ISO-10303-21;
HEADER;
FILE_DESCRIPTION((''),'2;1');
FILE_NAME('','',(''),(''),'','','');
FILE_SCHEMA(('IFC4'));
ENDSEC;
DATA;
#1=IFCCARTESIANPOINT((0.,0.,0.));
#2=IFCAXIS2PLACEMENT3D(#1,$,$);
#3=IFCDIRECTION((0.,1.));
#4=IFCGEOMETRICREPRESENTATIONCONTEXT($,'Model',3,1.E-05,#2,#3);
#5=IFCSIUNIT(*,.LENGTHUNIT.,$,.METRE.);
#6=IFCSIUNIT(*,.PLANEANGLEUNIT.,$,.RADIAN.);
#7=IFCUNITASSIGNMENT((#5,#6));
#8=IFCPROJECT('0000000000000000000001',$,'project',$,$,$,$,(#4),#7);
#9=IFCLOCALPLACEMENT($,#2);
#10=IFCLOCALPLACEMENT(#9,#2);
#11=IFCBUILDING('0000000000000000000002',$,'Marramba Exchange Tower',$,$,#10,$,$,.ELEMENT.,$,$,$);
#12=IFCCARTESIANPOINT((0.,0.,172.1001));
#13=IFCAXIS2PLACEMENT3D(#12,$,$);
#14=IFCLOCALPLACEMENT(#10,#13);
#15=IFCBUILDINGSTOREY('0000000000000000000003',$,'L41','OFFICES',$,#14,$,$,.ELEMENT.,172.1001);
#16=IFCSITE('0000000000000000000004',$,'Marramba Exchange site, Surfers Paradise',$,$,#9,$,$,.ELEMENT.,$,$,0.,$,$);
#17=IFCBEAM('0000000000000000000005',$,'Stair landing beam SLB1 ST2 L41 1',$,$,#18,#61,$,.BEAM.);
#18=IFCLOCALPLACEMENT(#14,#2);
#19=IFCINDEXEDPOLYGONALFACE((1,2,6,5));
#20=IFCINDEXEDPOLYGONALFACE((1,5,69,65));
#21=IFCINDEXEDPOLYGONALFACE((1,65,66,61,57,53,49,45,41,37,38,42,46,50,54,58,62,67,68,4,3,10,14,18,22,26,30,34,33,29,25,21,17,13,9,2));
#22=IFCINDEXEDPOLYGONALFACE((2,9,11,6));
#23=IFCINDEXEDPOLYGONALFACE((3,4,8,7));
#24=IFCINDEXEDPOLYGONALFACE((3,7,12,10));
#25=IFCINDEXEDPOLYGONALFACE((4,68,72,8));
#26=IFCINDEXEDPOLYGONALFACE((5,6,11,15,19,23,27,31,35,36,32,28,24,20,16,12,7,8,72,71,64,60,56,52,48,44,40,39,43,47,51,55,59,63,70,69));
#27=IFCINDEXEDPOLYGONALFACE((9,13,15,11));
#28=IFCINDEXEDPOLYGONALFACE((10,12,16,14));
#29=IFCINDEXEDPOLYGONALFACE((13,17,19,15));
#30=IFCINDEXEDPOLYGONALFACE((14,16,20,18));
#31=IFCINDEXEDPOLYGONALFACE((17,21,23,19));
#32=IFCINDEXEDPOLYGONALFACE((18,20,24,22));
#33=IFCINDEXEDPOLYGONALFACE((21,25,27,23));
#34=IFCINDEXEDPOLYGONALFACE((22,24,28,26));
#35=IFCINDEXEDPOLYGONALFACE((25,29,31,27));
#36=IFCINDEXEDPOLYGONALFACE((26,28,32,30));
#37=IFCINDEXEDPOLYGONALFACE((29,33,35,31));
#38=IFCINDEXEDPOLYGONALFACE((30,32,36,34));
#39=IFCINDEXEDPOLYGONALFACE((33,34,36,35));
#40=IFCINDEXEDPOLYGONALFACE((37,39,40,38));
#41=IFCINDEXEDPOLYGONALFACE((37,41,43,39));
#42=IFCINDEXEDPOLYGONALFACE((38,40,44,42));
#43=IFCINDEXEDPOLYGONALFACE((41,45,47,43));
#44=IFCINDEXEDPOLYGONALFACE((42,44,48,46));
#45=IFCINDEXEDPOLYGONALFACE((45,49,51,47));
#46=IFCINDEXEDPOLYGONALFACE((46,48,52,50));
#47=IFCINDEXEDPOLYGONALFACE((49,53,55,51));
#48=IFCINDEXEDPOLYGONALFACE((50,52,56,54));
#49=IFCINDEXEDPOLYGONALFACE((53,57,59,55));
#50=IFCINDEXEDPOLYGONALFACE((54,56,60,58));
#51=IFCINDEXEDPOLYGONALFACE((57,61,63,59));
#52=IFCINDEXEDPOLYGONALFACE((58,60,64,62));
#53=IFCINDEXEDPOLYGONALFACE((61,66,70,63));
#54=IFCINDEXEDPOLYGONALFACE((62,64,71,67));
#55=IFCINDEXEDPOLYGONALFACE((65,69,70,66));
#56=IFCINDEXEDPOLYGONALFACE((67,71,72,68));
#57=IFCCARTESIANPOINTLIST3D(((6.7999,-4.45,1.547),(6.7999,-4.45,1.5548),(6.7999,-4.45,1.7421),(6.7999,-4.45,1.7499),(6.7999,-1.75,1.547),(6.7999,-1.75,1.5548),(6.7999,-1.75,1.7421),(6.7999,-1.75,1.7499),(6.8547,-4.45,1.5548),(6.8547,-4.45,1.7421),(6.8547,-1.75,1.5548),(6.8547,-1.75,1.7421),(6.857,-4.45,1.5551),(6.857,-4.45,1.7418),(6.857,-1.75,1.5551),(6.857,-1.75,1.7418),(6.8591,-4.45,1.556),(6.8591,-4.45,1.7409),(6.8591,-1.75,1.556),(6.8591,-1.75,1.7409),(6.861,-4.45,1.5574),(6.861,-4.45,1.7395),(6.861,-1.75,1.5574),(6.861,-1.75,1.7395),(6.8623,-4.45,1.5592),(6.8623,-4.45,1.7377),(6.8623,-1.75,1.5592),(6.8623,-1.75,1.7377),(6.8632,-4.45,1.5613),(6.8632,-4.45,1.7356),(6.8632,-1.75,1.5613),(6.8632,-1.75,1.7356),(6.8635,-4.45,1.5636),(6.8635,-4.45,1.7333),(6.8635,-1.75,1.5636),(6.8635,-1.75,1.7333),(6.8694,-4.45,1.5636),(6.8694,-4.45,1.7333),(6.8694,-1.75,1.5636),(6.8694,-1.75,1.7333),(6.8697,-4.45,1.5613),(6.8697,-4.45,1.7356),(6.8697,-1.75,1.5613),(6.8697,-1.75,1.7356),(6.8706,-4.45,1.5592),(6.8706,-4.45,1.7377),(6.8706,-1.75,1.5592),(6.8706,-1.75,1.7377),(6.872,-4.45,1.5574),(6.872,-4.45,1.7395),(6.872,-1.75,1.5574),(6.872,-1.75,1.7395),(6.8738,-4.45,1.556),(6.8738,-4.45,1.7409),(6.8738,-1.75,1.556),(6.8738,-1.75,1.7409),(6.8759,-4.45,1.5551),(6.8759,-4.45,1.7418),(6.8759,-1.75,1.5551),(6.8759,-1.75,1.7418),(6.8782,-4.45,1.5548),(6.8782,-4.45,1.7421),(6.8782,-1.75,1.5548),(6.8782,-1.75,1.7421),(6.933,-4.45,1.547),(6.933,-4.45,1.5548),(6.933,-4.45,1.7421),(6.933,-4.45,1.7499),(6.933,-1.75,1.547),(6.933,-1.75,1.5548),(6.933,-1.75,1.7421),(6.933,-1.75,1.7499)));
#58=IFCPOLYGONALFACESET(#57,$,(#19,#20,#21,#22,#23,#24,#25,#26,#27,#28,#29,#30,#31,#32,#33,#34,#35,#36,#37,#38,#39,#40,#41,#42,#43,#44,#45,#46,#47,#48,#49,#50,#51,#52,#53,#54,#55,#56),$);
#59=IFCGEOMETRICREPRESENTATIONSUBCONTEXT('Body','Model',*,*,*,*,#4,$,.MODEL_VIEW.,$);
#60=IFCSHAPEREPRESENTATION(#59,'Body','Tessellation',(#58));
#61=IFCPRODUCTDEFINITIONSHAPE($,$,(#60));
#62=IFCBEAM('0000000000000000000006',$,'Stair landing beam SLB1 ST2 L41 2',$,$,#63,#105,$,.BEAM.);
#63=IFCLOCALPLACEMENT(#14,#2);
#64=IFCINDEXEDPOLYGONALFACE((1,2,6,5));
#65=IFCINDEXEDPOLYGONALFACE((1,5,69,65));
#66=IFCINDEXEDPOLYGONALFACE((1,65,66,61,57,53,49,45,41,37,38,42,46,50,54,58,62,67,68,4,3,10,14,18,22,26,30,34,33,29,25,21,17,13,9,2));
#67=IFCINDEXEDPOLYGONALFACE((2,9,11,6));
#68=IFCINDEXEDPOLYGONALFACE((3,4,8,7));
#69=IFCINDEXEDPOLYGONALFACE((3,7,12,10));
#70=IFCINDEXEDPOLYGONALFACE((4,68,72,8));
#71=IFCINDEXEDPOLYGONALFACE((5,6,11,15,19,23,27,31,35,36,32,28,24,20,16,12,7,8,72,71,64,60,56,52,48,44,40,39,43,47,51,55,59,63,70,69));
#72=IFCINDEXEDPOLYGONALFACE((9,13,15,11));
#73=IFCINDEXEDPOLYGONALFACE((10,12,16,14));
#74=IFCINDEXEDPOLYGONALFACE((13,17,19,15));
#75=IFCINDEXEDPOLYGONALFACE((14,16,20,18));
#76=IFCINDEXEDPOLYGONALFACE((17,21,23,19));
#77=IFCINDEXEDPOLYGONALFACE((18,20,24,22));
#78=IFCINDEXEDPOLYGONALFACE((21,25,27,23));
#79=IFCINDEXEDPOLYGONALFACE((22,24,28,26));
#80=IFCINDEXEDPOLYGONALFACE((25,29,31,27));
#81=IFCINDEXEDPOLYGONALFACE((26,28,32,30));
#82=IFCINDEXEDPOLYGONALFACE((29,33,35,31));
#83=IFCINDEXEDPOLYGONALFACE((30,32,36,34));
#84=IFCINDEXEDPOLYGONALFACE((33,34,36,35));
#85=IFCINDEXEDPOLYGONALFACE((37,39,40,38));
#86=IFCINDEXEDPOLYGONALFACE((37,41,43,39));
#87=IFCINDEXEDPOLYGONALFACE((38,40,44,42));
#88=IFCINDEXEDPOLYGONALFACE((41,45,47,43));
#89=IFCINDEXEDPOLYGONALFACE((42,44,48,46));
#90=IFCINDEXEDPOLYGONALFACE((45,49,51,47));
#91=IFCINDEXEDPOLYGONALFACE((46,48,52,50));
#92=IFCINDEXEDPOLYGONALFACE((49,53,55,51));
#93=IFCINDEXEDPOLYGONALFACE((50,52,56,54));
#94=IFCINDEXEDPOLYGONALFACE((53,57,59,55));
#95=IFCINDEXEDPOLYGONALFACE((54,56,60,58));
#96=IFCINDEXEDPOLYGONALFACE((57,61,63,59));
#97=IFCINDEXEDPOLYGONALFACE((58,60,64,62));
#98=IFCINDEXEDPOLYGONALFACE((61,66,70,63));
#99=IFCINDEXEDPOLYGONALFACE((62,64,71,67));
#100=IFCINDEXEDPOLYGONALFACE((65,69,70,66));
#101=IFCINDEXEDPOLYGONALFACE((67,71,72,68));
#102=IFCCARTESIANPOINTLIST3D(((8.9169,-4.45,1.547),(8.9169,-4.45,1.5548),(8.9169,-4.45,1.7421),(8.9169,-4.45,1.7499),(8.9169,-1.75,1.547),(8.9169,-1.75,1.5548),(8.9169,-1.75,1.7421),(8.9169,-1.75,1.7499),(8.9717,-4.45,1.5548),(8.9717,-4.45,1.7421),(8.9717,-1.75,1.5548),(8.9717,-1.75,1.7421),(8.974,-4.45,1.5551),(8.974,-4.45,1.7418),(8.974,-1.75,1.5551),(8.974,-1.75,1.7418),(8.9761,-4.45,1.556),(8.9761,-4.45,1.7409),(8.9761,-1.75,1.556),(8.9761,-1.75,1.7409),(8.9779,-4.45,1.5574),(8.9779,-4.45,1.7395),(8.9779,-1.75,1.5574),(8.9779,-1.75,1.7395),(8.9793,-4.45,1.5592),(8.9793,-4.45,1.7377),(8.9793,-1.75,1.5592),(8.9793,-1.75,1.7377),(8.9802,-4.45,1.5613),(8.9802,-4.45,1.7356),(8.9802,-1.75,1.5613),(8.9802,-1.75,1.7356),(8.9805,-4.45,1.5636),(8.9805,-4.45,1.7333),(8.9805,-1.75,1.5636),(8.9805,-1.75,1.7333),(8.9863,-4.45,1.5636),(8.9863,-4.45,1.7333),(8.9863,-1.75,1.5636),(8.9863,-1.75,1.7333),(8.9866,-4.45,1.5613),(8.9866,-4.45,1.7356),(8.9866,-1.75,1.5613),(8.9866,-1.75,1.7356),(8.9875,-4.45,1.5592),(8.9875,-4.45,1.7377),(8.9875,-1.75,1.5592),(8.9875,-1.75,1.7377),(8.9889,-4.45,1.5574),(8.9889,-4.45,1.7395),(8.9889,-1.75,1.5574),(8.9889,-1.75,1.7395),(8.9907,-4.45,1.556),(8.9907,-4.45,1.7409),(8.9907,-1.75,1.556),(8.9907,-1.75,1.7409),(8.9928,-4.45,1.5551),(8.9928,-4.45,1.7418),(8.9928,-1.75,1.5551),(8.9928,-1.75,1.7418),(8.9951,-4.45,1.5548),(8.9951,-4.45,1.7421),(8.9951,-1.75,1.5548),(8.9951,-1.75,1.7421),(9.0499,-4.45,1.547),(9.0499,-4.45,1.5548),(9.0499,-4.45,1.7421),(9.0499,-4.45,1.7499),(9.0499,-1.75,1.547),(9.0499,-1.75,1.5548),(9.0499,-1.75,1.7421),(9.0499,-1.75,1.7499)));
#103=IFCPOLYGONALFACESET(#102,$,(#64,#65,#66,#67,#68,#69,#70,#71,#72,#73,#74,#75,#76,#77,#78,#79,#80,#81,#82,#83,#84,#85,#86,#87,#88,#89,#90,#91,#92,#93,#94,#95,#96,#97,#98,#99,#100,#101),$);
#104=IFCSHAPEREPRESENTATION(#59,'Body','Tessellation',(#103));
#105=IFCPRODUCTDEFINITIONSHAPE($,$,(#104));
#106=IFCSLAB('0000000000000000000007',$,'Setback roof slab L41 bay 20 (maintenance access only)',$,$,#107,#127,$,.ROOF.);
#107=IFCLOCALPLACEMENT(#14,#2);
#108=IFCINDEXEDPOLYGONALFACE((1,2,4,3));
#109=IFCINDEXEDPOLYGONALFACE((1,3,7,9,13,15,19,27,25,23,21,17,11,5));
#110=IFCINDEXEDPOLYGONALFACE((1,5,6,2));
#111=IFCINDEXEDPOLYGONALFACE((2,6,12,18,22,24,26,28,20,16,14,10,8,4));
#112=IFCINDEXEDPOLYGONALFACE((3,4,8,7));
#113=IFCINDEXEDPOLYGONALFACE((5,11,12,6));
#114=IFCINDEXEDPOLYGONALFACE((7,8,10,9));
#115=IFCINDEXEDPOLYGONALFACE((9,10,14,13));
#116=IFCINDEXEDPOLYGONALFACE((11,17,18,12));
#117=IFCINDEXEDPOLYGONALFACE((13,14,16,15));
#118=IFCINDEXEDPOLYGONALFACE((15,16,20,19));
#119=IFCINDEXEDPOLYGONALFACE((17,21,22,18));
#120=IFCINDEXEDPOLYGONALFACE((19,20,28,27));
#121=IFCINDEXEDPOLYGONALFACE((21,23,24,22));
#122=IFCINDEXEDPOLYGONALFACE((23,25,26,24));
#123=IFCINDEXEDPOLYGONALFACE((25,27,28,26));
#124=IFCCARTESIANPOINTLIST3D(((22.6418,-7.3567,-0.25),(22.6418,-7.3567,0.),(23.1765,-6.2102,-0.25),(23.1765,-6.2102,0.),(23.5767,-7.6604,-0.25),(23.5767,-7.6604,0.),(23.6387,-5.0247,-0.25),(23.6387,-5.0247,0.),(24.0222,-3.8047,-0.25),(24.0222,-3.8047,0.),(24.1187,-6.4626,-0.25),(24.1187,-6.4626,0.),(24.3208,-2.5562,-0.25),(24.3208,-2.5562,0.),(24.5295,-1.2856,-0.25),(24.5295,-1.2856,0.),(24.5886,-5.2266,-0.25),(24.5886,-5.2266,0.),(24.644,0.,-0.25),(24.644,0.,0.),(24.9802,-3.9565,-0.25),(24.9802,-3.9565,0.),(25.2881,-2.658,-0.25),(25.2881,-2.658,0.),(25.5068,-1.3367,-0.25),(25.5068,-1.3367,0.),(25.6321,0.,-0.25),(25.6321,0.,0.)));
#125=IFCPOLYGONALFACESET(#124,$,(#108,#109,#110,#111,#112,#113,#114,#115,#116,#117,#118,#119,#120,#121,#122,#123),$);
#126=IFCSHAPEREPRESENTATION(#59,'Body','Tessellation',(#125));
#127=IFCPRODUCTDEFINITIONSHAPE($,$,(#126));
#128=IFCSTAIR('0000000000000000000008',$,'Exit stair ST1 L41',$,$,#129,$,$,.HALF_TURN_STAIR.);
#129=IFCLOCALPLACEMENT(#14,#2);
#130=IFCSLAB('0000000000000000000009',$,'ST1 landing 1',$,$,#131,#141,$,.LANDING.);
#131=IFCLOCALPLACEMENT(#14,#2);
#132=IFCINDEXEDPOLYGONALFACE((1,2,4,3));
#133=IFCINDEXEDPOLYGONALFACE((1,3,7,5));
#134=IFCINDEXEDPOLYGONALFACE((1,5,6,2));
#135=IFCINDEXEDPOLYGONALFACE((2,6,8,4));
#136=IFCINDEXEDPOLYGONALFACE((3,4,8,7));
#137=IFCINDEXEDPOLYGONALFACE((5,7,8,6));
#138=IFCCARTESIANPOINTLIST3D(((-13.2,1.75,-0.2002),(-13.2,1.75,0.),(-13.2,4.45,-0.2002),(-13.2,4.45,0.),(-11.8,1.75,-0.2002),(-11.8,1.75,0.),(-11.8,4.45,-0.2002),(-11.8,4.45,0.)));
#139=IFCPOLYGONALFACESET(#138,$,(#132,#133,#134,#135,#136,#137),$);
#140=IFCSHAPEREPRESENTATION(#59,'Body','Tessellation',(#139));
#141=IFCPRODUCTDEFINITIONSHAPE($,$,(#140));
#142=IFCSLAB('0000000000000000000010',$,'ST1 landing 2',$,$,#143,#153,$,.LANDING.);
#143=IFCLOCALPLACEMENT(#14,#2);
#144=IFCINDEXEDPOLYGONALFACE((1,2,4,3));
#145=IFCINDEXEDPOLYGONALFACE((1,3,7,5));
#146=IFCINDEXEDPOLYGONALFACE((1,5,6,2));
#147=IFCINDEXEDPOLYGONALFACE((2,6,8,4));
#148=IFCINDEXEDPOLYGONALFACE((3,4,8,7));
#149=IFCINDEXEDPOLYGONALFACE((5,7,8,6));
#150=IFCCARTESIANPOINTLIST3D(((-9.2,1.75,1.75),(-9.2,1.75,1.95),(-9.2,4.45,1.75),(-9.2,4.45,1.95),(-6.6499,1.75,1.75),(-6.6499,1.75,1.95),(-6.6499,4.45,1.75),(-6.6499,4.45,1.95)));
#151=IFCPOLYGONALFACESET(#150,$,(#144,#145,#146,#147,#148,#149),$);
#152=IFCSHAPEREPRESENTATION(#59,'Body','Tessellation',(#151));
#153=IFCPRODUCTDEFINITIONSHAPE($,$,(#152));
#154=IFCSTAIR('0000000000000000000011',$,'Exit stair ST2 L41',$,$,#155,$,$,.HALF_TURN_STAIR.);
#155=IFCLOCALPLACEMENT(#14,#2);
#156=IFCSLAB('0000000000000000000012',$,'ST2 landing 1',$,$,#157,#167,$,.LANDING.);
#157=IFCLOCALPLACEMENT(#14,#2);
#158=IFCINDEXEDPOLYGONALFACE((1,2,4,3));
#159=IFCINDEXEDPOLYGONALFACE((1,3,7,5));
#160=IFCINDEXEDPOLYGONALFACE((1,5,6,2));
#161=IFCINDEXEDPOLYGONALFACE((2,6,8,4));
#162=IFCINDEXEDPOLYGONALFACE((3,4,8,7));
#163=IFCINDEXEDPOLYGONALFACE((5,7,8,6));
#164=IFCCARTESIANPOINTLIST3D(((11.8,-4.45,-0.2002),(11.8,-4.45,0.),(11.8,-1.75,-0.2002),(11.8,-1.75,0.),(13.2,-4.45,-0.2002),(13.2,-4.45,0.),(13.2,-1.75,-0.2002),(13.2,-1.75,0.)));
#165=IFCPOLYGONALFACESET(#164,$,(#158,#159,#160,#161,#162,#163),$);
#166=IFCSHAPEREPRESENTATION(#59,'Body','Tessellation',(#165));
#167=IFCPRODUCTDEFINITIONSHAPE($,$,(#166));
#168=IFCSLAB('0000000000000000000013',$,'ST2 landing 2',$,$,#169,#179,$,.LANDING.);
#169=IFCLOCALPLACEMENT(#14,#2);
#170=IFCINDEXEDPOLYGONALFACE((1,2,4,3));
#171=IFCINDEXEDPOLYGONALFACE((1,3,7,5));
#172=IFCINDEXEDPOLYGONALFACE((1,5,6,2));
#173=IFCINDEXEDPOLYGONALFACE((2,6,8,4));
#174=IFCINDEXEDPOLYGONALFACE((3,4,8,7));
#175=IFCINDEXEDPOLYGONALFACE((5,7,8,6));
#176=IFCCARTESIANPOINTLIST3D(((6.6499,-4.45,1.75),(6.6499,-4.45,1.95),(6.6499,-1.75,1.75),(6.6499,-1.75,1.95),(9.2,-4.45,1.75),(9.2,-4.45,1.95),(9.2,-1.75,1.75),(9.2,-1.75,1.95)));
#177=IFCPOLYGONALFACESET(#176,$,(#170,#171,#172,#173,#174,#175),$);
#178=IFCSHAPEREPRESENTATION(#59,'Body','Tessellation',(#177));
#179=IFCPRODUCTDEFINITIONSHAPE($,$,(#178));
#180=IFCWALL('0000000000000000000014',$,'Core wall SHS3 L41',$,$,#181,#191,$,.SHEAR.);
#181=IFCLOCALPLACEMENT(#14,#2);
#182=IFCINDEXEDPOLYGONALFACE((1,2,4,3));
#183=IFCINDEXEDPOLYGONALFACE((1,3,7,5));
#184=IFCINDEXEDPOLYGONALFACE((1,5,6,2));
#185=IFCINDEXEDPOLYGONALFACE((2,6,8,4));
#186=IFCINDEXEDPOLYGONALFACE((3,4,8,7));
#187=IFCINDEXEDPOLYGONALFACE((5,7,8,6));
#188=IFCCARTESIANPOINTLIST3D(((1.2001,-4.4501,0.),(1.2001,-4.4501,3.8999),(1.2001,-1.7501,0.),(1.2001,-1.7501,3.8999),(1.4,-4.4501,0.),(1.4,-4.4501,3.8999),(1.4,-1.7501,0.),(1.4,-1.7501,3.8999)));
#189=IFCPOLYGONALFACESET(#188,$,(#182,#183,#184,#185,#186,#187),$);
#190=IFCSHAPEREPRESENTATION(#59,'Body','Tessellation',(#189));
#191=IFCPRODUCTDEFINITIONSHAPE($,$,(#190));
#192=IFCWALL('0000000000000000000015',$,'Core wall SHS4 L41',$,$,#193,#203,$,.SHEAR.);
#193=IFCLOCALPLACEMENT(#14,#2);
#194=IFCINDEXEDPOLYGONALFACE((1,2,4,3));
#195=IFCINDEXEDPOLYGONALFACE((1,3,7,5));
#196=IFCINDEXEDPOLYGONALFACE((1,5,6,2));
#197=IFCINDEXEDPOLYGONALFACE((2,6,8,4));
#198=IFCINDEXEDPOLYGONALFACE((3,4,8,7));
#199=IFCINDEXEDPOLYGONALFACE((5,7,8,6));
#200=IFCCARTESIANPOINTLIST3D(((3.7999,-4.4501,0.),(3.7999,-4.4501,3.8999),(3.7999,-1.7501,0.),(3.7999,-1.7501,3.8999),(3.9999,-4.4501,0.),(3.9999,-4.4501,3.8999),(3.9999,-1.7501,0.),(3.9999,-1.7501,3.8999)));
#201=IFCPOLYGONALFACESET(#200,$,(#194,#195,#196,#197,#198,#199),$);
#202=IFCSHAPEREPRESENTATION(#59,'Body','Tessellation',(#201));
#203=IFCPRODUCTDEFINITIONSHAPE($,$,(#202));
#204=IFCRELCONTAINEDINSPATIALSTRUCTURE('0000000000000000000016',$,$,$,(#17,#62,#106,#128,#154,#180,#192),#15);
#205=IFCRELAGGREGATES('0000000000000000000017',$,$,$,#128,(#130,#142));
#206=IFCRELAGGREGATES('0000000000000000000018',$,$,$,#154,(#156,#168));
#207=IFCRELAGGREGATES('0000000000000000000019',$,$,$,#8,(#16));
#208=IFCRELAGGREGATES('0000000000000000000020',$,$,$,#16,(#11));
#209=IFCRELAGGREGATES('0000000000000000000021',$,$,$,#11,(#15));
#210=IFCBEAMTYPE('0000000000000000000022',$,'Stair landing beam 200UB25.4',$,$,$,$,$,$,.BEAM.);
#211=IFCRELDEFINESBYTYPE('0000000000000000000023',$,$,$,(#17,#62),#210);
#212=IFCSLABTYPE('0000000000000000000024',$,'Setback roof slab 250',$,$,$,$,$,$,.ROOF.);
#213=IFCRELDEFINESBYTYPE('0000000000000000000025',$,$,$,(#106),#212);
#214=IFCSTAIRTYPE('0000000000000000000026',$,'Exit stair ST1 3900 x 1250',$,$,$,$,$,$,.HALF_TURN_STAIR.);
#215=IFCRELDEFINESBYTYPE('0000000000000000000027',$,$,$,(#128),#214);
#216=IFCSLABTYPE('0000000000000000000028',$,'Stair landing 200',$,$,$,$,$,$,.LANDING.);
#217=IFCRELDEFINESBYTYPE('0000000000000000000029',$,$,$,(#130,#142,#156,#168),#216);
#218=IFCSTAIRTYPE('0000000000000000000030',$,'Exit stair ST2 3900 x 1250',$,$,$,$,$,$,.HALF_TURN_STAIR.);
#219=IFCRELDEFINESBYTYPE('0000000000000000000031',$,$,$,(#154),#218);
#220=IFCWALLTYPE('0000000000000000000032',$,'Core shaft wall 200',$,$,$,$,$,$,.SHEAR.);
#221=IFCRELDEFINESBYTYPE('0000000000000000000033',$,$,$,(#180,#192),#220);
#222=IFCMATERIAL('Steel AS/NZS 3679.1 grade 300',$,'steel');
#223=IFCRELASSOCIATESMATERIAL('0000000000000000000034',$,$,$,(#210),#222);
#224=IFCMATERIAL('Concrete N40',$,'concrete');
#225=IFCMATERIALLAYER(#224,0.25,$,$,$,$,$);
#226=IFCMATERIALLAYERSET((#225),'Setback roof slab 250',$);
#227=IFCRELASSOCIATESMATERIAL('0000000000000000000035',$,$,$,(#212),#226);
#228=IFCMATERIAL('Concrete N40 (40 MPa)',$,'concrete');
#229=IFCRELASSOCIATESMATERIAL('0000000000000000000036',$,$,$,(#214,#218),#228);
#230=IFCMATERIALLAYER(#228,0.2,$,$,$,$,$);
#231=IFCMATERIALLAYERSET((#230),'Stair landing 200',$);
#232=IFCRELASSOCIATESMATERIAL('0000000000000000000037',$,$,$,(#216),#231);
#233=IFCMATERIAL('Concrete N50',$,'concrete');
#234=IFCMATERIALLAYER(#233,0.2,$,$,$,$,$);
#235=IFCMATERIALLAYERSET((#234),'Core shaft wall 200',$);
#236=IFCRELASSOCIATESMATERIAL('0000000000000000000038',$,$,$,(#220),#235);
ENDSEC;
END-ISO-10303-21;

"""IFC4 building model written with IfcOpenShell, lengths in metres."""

from ifc_helpers import new_model, si_unit, direction, frame, frame_2d, origin, origin_2d, place, context, subcontext, project, spatial, polyline, rectangle, i_section, outline, extrude, material, layer, layer_set, material_profile, profile_set, type_object, element, aggregate, save


model = new_model("IFC4")

# Units and contexts
model_context = context("Model", 3, precision=1e-05, world=origin(), true_north=direction((0.0, 1.0)))
body_context = subcontext(model_context, "Body", "Model", "MODEL_VIEW")
ifc_project = project(units=[si_unit("LENGTHUNIT", "METRE"), si_unit("PLANEANGLEUNIT", "RADIAN")], contexts=[model_context])

# Site, building, storey
site_placement = place(None, origin())
site = spatial("IfcSite", under=ifc_project, at=site_placement, Name="Marramba Exchange site, Surfers Paradise", CompositionType="ELEMENT", RefElevation=0.0)
building_placement = place(site_placement, origin())
building = spatial("IfcBuilding", under=site, at=building_placement, Name="Marramba Exchange Tower", CompositionType="ELEMENT")
storey_placement = place(building_placement, frame((0.0, 0.0, 172.1001)))
storey = spatial("IfcBuildingStorey", under=building, at=storey_placement, Name="L41", Description="OFFICES", CompositionType="ELEMENT", Elevation=172.1001)

# Beams
ifc_material_1 = material(Name="Steel AS/NZS 3679.1 grade 300", Category="steel")
ifc_material_profile_1 = material_profile(ifc_material_1, i_section(OverallWidth=0.1331, OverallDepth=0.2029, WebThickness=0.0059, FlangeThickness=0.0078, FilletRadius=0.0088, at=origin_2d()), Name="200UB25.4")
ifc_profile_set_1 = profile_set([ifc_material_profile_1], Name="Steel AS/NZS 3679.1 grade 300")
beam_type_1 = type_object("IfcBeamType", Name="Stair landing beam 200UB25.4", PredefinedType="BEAM", material=ifc_profile_set_1)
for number, where, z_axis, x_axis, name in (
    (1, (6.8665, -4.45, 1.6484), (0.0, 1.0, 0.0), (-1.0, 0.0, 0.0), "Stair landing beam SLB1 ST2 L41 1"),
    (2, (8.9834, -4.45, 1.6484), (0.0, 1.0, 0.0), (-1.0, 0.0, 0.0), "Stair landing beam SLB1 ST2 L41 2"),
):
    element("IfcBeam", number, at=place(storey_placement, frame(where, z_axis=z_axis, x_axis=x_axis)), inside=storey, type_object=beam_type_1, Name=name, PredefinedType="BEAM", context=body_context, shape_type="SweptSolid", body=[
        extrude(i_section(OverallWidth=0.1331, OverallDepth=0.2029, WebThickness=0.0059, FlangeThickness=0.0078, FilletRadius=0.0088, at=origin_2d()), origin(), (0.0, 0.0, 1.0), 2.7),
    ])

# Slab
ifc_material_2 = material(Name="Concrete N40", Category="concrete")
ifc_layer_1 = layer(ifc_material_2, 0.25)
ifc_layer_set_1 = layer_set([ifc_layer_1], Name="Setback roof slab 250")
slab_type_1 = type_object("IfcSlabType", Name="Setback roof slab 250", PredefinedType="ROOF", material=ifc_layer_set_1)
slab_1_placement = place(storey_placement, frame((0.0, 0.0, -0.25)))
element("IfcSlab", 3, at=slab_1_placement, inside=storey, type_object=slab_type_1, Name="Setback roof slab L41 bay 20 (maintenance access only)", PredefinedType="ROOF", context=body_context, shape_type="SweptSolid", body=[
    extrude(outline(polyline([(25.5068, -1.3367), (25.2881, -2.658), (24.9802, -3.9565), (24.5886, -5.2266), (24.1187, -6.4626), (23.5767, -7.6604), (22.6418, -7.3567), (23.1765, -6.2102), (23.6387, -5.0247), (24.0222, -3.8047), (24.3208, -2.5562), (24.5295, -1.2856), (24.644, 0.0), (25.6321, 0.0), (25.5068, -1.3367)])), origin(), (0.0, 0.0, 1.0), 0.25),
])

# Stairs, slabs
ifc_material_3 = material(Name="Concrete N40 (40 MPa)", Category="concrete")
stair_type_1 = type_object("IfcStairType", Name="Exit stair ST1 3900 x 1250", PredefinedType="HALF_TURN_STAIR", material=ifc_material_3)
stair_1_placement = place(storey_placement, origin())
stair_1 = element("IfcStair", 4, at=stair_1_placement, inside=storey, type_object=stair_type_1, Name="Exit stair ST1 L41", PredefinedType="HALF_TURN_STAIR")
ifc_layer_2 = layer(ifc_material_3, 0.2)
ifc_layer_set_2 = layer_set([ifc_layer_2], Name="Stair landing 200")
slab_type_2 = type_object("IfcSlabType", Name="Stair landing 200", PredefinedType="LANDING", material=ifc_layer_set_2)
slab_2_placement = place(storey_placement, frame((0.0, 0.0, -0.2002)))
slab_2 = element("IfcSlab", 5, at=slab_2_placement, type_object=slab_type_2, Name="ST1 landing 1", PredefinedType="LANDING", context=body_context, shape_type="SweptSolid", body=[
    extrude(outline(polyline([(-13.2, 1.75), (-11.8, 1.75), (-11.8, 4.45), (-13.2, 4.45), (-13.2, 1.75)])), origin(), (0.0, 0.0, 1.0), 0.2002),
])
slab_3_placement = place(storey_placement, frame((0.0, 0.0, 1.75)))
slab_3 = element("IfcSlab", 6, at=slab_3_placement, type_object=slab_type_2, Name="ST1 landing 2", PredefinedType="LANDING", context=body_context, shape_type="SweptSolid", body=[
    extrude(outline(polyline([(-9.2, 1.75), (-6.6499, 1.75), (-6.6499, 4.45), (-9.2, 4.45), (-9.2, 1.75)])), origin(), (0.0, 0.0, 1.0), 0.2),
])
aggregate(stair_1, [slab_2, slab_3])
stair_type_2 = type_object("IfcStairType", Name="Exit stair ST2 3900 x 1250", PredefinedType="HALF_TURN_STAIR", material=ifc_material_3)
stair_2_placement = place(storey_placement, origin())
stair_2 = element("IfcStair", 7, at=stair_2_placement, inside=storey, type_object=stair_type_2, Name="Exit stair ST2 L41", PredefinedType="HALF_TURN_STAIR")
slab_4_placement = place(storey_placement, frame((0.0, 0.0, -0.2002)))
slab_4 = element("IfcSlab", 8, at=slab_4_placement, type_object=slab_type_2, Name="ST2 landing 1", PredefinedType="LANDING", context=body_context, shape_type="SweptSolid", body=[
    extrude(outline(polyline([(11.8, -4.45), (13.2, -4.45), (13.2, -1.75), (11.8, -1.75), (11.8, -4.45)])), origin(), (0.0, 0.0, 1.0), 0.2002),
])
slab_5_placement = place(storey_placement, frame((0.0, 0.0, 1.75)))
slab_5 = element("IfcSlab", 9, at=slab_5_placement, type_object=slab_type_2, Name="ST2 landing 2", PredefinedType="LANDING", context=body_context, shape_type="SweptSolid", body=[
    extrude(outline(polyline([(6.6499, -4.45), (9.2, -4.45), (9.2, -1.75), (6.6499, -1.75), (6.6499, -4.45)])), origin(), (0.0, 0.0, 1.0), 0.2),
])

# Walls
ifc_material_4 = material(Name="Concrete N50", Category="concrete")
ifc_layer_3 = layer(ifc_material_4, 0.2)
ifc_layer_set_3 = layer_set([ifc_layer_3], Name="Core shaft wall 200")
wall_type_1 = type_object("IfcWallType", Name="Core shaft wall 200", PredefinedType="SHEAR", material=ifc_layer_set_3)
for number, where, z_axis, x_axis, name in (
    (10, (1.3, -1.75, 0.0), (0.0, 0.0, 1.0), (0.0, -1.0, 0.0), "Core wall SHS3 L41"),
    (11, (3.8999, -1.75, 0.0), (0.0, 0.0, 1.0), (0.0, -1.0, 0.0), "Core wall SHS4 L41"),
):
    element("IfcWall", number, at=place(storey_placement, frame(where, z_axis=z_axis, x_axis=x_axis)), inside=storey, type_object=wall_type_1, Name=name, PredefinedType="SHEAR", context=body_context, shape_type="SweptSolid", body=[
        extrude(rectangle(XDim=2.7, YDim=0.2, at=frame_2d((1.3501, 0.0))), origin(), (0.0, 0.0, 1.0), 3.8999),
    ])

aggregate(stair_2, [slab_4, slab_5])

save(model, "model.ifc")
